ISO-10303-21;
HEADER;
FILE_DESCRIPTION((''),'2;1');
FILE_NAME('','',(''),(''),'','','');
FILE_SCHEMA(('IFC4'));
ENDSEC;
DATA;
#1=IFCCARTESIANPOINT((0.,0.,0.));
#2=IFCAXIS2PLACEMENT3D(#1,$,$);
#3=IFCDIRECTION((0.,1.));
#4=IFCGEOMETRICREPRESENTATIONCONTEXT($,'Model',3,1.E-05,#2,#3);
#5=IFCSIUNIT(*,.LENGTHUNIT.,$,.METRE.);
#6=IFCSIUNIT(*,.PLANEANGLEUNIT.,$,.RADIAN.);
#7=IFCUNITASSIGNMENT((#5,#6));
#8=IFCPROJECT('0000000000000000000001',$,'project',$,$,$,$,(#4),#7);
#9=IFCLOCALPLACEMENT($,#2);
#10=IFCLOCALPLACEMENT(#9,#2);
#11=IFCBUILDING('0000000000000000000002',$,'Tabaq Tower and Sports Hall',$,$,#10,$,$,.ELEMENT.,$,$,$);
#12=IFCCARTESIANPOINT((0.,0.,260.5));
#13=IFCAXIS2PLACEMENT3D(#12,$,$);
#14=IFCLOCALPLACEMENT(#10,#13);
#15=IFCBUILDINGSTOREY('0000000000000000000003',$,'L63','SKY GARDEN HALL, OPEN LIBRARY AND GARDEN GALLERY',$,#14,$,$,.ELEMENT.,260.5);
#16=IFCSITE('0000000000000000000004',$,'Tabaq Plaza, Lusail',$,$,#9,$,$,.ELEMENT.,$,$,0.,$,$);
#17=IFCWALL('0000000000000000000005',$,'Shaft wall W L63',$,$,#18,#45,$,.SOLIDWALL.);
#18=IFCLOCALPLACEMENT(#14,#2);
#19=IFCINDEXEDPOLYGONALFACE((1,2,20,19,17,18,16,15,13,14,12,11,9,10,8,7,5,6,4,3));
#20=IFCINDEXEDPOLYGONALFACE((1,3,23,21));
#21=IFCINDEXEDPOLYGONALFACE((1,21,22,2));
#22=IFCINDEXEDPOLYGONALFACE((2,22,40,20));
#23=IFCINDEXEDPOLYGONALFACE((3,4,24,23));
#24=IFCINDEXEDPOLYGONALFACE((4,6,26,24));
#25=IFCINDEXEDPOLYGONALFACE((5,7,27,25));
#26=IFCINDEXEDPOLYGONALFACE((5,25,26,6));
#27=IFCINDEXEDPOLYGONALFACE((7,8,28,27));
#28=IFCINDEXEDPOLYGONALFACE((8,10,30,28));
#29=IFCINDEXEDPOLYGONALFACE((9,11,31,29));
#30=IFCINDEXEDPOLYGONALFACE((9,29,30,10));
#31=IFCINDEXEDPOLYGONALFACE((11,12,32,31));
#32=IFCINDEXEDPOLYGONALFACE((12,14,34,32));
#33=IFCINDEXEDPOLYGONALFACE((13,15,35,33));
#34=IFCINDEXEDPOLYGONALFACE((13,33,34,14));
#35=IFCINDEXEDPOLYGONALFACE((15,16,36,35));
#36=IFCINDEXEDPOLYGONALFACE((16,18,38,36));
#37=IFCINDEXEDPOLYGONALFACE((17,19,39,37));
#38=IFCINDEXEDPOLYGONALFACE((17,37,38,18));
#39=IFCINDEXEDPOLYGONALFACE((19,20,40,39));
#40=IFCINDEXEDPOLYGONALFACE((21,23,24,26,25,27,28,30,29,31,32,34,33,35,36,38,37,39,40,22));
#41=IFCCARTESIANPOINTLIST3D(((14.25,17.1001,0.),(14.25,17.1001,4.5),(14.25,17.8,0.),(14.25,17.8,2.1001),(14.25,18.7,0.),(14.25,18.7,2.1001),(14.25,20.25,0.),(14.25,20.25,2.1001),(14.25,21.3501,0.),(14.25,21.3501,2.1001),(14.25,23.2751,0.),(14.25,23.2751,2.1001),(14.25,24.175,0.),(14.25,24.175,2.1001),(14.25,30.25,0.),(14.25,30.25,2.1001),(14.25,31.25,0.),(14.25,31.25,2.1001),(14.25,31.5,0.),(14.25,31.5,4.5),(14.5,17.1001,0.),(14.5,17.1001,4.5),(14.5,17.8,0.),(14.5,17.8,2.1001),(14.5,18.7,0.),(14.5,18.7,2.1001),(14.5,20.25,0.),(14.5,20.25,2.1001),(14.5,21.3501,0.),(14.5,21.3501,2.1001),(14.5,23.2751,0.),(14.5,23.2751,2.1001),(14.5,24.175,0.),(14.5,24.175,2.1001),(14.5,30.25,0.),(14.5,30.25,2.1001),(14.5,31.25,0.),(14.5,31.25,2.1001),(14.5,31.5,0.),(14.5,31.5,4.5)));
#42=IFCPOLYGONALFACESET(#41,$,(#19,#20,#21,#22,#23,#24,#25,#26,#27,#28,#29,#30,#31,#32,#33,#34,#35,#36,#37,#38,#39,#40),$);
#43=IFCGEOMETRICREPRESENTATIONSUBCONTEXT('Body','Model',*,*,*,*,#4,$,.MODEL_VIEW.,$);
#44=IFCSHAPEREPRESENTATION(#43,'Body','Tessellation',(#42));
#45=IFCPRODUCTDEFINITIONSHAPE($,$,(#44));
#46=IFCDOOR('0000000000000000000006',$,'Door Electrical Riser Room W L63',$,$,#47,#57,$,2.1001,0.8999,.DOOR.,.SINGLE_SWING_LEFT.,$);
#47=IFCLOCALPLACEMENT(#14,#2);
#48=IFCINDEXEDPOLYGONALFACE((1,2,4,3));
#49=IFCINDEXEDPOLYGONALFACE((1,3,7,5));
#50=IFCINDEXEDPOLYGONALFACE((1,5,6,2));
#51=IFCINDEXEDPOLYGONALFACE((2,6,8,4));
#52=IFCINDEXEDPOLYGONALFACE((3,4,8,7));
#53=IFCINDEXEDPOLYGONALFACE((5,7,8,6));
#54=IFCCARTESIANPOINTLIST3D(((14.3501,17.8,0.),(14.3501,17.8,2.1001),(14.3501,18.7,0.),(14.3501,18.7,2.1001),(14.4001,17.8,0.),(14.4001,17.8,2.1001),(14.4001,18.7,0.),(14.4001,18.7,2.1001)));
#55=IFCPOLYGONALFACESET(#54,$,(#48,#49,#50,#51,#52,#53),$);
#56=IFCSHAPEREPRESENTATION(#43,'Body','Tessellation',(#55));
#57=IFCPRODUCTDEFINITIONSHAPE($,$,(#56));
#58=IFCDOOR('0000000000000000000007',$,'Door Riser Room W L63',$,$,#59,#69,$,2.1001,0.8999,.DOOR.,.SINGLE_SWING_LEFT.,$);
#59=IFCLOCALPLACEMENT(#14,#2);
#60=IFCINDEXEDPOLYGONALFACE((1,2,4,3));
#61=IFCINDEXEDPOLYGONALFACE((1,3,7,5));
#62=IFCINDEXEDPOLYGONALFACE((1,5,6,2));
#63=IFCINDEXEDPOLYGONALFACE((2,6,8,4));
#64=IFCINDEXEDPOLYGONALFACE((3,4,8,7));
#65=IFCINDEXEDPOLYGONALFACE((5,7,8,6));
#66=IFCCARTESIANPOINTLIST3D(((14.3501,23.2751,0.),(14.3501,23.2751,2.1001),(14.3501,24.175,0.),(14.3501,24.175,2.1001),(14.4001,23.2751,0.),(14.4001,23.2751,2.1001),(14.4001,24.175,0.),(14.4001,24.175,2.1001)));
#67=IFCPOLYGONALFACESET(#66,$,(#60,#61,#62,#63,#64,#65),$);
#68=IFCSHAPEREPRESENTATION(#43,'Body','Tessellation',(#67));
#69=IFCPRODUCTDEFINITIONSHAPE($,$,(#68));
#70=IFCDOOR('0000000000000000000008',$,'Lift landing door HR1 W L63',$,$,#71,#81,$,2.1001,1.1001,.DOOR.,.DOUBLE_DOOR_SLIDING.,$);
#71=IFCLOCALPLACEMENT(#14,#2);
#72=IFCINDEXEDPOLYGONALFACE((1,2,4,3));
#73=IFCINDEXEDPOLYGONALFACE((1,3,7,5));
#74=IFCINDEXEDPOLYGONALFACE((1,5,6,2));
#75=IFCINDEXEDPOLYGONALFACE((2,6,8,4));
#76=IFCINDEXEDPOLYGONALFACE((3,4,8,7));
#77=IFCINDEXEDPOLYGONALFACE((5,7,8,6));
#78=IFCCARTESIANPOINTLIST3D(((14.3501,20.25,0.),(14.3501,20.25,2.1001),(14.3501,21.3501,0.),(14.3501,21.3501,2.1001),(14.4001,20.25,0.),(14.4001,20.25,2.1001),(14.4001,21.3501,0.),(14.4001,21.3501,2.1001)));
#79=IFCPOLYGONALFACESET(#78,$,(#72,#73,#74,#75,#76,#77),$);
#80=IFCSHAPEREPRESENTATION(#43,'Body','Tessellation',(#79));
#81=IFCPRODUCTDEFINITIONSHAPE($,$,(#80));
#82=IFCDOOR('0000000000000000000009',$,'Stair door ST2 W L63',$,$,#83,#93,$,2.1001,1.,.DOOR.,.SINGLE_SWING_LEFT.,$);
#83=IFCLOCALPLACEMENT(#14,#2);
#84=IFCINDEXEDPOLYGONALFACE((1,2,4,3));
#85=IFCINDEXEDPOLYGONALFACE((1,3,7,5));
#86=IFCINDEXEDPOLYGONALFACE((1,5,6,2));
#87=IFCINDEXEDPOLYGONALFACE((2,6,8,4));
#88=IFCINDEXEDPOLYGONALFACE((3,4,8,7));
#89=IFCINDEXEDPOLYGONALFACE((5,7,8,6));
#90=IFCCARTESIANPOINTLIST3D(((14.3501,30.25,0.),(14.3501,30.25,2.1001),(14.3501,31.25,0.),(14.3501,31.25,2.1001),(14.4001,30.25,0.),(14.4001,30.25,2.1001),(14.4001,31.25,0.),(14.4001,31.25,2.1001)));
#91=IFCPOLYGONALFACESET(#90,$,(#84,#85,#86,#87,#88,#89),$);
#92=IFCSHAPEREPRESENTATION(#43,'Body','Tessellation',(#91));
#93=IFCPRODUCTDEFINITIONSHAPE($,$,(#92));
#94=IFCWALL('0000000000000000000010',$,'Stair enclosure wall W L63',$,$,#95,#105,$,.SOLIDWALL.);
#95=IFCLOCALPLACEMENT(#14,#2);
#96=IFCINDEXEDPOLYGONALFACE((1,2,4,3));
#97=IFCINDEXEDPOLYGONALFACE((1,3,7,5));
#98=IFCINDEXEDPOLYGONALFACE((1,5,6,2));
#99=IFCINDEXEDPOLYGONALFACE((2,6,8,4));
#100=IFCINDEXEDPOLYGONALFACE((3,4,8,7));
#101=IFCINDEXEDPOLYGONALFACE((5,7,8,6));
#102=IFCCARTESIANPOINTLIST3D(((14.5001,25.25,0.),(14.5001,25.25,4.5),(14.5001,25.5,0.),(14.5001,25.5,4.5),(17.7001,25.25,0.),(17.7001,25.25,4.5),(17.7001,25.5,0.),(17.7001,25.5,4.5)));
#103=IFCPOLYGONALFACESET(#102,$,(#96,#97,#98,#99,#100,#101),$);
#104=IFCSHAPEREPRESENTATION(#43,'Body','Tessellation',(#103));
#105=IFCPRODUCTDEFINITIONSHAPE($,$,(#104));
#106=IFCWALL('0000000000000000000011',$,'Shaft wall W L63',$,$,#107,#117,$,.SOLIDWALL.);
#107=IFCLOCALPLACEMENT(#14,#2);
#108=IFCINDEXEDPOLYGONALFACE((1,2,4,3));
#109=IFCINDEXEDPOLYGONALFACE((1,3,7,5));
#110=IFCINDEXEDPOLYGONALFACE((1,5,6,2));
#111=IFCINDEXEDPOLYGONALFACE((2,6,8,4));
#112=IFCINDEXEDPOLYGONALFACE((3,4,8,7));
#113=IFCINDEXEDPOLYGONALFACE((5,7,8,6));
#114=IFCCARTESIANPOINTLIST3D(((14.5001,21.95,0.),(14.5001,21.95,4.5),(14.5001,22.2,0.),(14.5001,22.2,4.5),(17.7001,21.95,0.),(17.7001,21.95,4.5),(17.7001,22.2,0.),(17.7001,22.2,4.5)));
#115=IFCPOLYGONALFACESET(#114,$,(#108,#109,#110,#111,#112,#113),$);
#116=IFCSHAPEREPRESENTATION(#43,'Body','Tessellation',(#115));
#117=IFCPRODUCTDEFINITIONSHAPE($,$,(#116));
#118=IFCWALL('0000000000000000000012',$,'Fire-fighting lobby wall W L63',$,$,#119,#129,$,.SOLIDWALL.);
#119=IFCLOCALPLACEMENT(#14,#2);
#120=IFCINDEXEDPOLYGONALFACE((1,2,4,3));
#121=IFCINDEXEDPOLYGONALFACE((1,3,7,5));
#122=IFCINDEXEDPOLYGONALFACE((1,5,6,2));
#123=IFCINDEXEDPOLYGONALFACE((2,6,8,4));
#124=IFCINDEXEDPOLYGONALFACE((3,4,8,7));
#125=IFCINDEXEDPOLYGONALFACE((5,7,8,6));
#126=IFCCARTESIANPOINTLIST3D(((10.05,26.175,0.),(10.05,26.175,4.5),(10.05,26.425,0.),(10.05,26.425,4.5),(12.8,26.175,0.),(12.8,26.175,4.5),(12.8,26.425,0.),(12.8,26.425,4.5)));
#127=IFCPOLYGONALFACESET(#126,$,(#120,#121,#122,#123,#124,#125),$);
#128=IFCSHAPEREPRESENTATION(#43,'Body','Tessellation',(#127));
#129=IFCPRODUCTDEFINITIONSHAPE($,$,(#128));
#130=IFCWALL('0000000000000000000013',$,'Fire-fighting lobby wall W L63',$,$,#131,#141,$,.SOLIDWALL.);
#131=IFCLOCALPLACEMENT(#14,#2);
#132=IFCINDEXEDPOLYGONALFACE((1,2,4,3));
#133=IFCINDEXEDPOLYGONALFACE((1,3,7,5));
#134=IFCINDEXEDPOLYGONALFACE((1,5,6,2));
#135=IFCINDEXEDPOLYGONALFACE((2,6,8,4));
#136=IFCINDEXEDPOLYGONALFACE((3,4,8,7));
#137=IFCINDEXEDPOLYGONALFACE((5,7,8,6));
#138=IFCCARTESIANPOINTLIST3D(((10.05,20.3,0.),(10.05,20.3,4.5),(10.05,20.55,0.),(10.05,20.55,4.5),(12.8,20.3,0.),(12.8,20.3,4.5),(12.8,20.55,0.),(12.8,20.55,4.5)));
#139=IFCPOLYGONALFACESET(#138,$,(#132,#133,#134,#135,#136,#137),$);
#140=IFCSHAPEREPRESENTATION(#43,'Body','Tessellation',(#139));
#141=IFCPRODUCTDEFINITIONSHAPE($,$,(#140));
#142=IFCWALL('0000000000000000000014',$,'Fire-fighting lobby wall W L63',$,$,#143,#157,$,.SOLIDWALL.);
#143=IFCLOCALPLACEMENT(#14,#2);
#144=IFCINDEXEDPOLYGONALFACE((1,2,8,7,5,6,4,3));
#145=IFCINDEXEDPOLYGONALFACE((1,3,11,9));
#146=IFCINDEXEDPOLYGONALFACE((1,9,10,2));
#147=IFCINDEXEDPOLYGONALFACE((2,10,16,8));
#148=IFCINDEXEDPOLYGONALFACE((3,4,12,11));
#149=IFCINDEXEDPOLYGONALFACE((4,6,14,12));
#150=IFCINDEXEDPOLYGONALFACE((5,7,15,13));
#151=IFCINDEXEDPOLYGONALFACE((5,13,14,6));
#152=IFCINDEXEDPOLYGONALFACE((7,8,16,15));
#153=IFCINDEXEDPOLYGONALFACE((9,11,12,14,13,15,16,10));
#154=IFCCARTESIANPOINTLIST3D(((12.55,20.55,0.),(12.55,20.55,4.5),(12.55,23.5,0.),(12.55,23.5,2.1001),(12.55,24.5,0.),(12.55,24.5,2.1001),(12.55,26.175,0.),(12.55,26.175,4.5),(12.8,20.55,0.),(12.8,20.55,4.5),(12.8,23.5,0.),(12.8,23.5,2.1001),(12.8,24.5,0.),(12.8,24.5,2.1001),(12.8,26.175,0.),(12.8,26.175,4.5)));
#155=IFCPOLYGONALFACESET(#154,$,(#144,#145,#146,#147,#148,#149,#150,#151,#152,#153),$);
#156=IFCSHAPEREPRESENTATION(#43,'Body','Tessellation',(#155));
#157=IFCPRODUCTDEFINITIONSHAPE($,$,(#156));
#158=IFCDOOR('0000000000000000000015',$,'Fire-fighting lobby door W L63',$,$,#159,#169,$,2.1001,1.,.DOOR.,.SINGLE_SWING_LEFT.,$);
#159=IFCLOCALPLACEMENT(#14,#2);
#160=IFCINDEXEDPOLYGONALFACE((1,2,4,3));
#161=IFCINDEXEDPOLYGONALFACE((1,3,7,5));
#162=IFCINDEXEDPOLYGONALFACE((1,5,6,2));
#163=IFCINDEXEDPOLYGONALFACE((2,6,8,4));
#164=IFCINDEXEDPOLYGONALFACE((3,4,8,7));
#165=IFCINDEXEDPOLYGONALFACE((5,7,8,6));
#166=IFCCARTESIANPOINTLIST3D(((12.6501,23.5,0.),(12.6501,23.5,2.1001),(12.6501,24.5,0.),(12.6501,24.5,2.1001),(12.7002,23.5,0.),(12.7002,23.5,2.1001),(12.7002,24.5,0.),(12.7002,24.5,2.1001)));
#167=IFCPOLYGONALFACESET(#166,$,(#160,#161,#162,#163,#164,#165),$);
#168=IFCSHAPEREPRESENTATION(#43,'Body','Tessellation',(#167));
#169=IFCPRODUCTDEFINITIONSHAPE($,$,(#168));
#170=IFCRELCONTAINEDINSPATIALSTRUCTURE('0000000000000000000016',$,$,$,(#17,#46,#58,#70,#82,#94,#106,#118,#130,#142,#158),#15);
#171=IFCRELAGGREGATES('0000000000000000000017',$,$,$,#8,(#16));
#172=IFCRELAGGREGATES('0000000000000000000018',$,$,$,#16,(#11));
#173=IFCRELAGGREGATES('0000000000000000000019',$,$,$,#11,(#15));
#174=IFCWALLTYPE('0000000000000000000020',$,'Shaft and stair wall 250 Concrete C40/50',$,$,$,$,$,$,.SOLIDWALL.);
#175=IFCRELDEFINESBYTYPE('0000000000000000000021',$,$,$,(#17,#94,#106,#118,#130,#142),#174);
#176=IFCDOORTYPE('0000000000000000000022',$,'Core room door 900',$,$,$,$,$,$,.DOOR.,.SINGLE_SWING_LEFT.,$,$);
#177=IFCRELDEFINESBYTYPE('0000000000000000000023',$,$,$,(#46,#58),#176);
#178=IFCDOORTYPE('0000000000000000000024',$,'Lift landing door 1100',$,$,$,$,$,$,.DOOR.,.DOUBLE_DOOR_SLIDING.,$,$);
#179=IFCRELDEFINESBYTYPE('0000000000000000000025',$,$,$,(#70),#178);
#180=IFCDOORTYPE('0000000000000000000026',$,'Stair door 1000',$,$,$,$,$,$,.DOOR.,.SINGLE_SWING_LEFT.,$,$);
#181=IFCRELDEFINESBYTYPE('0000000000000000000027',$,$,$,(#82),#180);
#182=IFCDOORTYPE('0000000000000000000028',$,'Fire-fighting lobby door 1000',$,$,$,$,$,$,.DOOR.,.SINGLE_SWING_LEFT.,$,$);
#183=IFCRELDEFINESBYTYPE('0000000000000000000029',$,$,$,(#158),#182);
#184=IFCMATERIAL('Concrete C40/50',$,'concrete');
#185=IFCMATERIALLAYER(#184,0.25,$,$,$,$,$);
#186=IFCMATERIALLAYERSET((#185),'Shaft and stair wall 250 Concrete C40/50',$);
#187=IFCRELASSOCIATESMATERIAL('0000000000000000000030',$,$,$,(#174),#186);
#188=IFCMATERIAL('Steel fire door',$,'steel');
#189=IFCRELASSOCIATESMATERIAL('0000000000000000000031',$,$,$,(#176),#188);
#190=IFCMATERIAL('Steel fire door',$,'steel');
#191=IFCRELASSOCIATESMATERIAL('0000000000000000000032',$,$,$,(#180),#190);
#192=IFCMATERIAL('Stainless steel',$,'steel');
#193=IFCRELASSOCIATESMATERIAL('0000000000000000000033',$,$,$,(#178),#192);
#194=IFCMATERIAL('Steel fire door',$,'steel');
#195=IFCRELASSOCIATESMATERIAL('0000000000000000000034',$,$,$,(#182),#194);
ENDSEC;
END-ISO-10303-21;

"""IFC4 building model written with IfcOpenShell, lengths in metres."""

from ifc_helpers import new_model, si_unit, direction, frame, frame_2d, origin, place, context, subcontext, project, spatial, rectangle, extrude, material, layer, layer_set, type_object, element, fill, save


model = new_model("IFC4")

# Units and contexts
model_context = context("Model", 3, precision=1e-05, world=origin(), true_north=direction((0.0, 1.0)))
body_context = subcontext(model_context, "Body", "Model", "MODEL_VIEW")
ifc_project = project(units=[si_unit("LENGTHUNIT", "METRE"), si_unit("PLANEANGLEUNIT", "RADIAN")], contexts=[model_context])

# Site, building, storey
site_placement = place(None, origin())
site = spatial("IfcSite", under=ifc_project, at=site_placement, Name="Tabaq Plaza, Lusail", CompositionType="ELEMENT", RefElevation=0.0)
building_placement = place(site_placement, origin())
building = spatial("IfcBuilding", under=site, at=building_placement, Name="Tabaq Tower and Sports Hall", CompositionType="ELEMENT")
storey_placement = place(building_placement, frame((0.0, 0.0, 260.5)))
storey = spatial("IfcBuildingStorey", under=building, at=storey_placement, Name="L63", Description="SKY GARDEN HALL, OPEN LIBRARY AND GARDEN GALLERY", CompositionType="ELEMENT", Elevation=260.5)

# Wall, openings, doors
ifc_material_1 = material(Name="Concrete C40/50", Category="concrete")
ifc_layer_1 = layer(ifc_material_1, 0.25)
ifc_layer_set_1 = layer_set([ifc_layer_1], Name="Shaft and stair wall 250 Concrete C40/50")
wall_type_1 = type_object("IfcWallType", Name="Shaft and stair wall 250 Concrete C40/50", PredefinedType="SOLIDWALL", material=ifc_layer_set_1)
ifc_material_2 = material(Name="Steel fire door", Category="steel")
door_type_1 = type_object("IfcDoorType", Name="Core room door 900", OperationType="SINGLE_SWING_LEFT", PredefinedType="DOOR", material=ifc_material_2)
ifc_material_3 = material(Name="Steel fire door", Category="steel")
door_type_2 = type_object("IfcDoorType", Name="Stair door 1000", OperationType="SINGLE_SWING_LEFT", PredefinedType="DOOR", material=ifc_material_3)
wall_1_placement = place(storey_placement, frame((14.375, 17.1001, 0.0), z_axis=(0.0, 0.0, 1.0), x_axis=(0.0, 1.0, 0.0)))
wall_1 = element("IfcWall", 1, at=wall_1_placement, inside=storey, type_object=wall_type_1, Name="Shaft wall W L63", PredefinedType="SOLIDWALL", context=body_context, shape_type="SweptSolid", body=[
    extrude(rectangle(XDim=14.3999, YDim=0.25, at=frame_2d((7.2, 0.0))), origin(), (0.0, 0.0, 1.0), 4.5),
])
opening_1_placement = place(wall_1_placement, frame((13.1499, 0.0, 0.0)))
opening_1 = element("IfcOpeningElement", 2, at=opening_1_placement, cuts=wall_1, PredefinedType="OPENING", context=body_context, shape_type="SweptSolid", body=[
    extrude(rectangle(XDim=1.0, YDim=2.1001, at=frame_2d((0.5, 1.05))), frame((0.0, 0.125, 0.0), z_axis=(0.0, -1.0, 0.0), x_axis=(1.0, 0.0, 0.0)), (0.0, 0.0, 1.0), 0.25),
])
opening_2_placement = place(wall_1_placement, frame((3.1499, 0.0, 0.0)))
opening_2 = element("IfcOpeningElement", 3, at=opening_2_placement, cuts=wall_1, PredefinedType="OPENING", context=body_context, shape_type="SweptSolid", body=[
    extrude(rectangle(XDim=1.1001, YDim=2.1001, at=frame_2d((0.55, 1.05))), frame((0.0, 0.125, 0.0), z_axis=(0.0, -1.0, 0.0), x_axis=(1.0, 0.0, 0.0)), (0.0, 0.0, 1.0), 0.25),
])
opening_3_placement = place(wall_1_placement, frame((0.7, 0.0, 0.0)))
opening_3 = element("IfcOpeningElement", 4, at=opening_3_placement, cuts=wall_1, PredefinedType="OPENING", context=body_context, shape_type="SweptSolid", body=[
    extrude(rectangle(XDim=0.8999, YDim=2.1001, at=frame_2d((0.45, 1.05))), frame((0.0, 0.125, 0.0), z_axis=(0.0, -1.0, 0.0), x_axis=(1.0, 0.0, 0.0)), (0.0, 0.0, 1.0), 0.25),
])
opening_4_placement = place(wall_1_placement, frame((6.175, 0.0, 0.0)))
opening_4 = element("IfcOpeningElement", 5, at=opening_4_placement, cuts=wall_1, PredefinedType="OPENING", context=body_context, shape_type="SweptSolid", body=[
    extrude(rectangle(XDim=0.8999, YDim=2.1001, at=frame_2d((0.45, 1.05))), frame((0.0, 0.125, 0.0), z_axis=(0.0, -1.0, 0.0), x_axis=(1.0, 0.0, 0.0)), (0.0, 0.0, 1.0), 0.25),
])
door_1_placement = place(opening_3_placement, origin())
door_1 = element("IfcDoor", 6, at=door_1_placement, inside=storey, type_object=door_type_1, Name="Door Electrical Riser Room W L63", OperationType="SINGLE_SWING_LEFT", OverallHeight=2.1001, OverallWidth=0.8999, PredefinedType="DOOR", context=body_context, shape_type="SweptSolid", body=[
    extrude(rectangle(XDim=0.8999, YDim=2.1001, at=frame_2d((0.45, 1.05))), frame((0.0, 0.0249, 0.0), z_axis=(0.0, -1.0, 0.0), x_axis=(1.0, 0.0, 0.0)), (0.0, 0.0, 1.0), 0.05),
])
fill(opening_3, door_1)
door_2_placement = place(opening_4_placement, origin())
door_2 = element("IfcDoor", 7, at=door_2_placement, inside=storey, type_object=door_type_1, Name="Door Riser Room W L63", OperationType="SINGLE_SWING_LEFT", OverallHeight=2.1001, OverallWidth=0.8999, PredefinedType="DOOR", context=body_context, shape_type="SweptSolid", body=[
    extrude(rectangle(XDim=0.8999, YDim=2.1001, at=frame_2d((0.45, 1.05))), frame((0.0, 0.0249, 0.0), z_axis=(0.0, -1.0, 0.0), x_axis=(1.0, 0.0, 0.0)), (0.0, 0.0, 1.0), 0.05),
])
fill(opening_4, door_2)
ifc_material_4 = material(Name="Stainless steel", Category="steel")
door_type_3 = type_object("IfcDoorType", Name="Lift landing door 1100", OperationType="DOUBLE_DOOR_SLIDING", PredefinedType="DOOR", material=ifc_material_4)
door_3_placement = place(opening_2_placement, origin())
door_3 = element("IfcDoor", 8, at=door_3_placement, inside=storey, type_object=door_type_3, Name="Lift landing door HR1 W L63", OperationType="DOUBLE_DOOR_SLIDING", OverallHeight=2.1001, OverallWidth=1.1001, PredefinedType="DOOR", context=body_context, shape_type="SweptSolid", body=[
    extrude(rectangle(XDim=1.1001, YDim=2.1001, at=frame_2d((0.55, 1.05))), frame((0.0, 0.0249, 0.0), z_axis=(0.0, -1.0, 0.0), x_axis=(1.0, 0.0, 0.0)), (0.0, 0.0, 1.0), 0.05),
])
fill(opening_2, door_3)
door_4_placement = place(opening_1_placement, origin())
door_4 = element("IfcDoor", 9, at=door_4_placement, inside=storey, type_object=door_type_2, Name="Stair door ST2 W L63", OperationType="SINGLE_SWING_LEFT", OverallHeight=2.1001, OverallWidth=1.0, PredefinedType="DOOR", context=body_context, shape_type="SweptSolid", body=[
    extrude(rectangle(XDim=1.0, YDim=2.1001, at=frame_2d((0.5, 1.05))), frame((0.0, 0.0249, 0.0), z_axis=(0.0, -1.0, 0.0), x_axis=(1.0, 0.0, 0.0)), (0.0, 0.0, 1.0), 0.05),
])
fill(opening_1, door_4)

# Walls
for number, where, z_axis, x_axis, name in (
    (10, (14.5, 25.375, 0.0), (0.0, 0.0, 1.0), (1.0, 0.0, 0.0), "Stair enclosure wall W L63"),
    (11, (14.5, 22.075, 0.0), (0.0, 0.0, 1.0), (1.0, 0.0, 0.0), "Shaft wall W L63"),
):
    element("IfcWall", number, at=place(storey_placement, frame(where, z_axis=z_axis, x_axis=x_axis)), inside=storey, type_object=wall_type_1, Name=name, PredefinedType="SOLIDWALL", context=body_context, shape_type="SweptSolid", body=[
        extrude(rectangle(XDim=3.2, YDim=0.25, at=frame_2d((1.6001, 0.0))), origin(), (0.0, 0.0, 1.0), 4.5),
    ])
for number, where, z_axis, x_axis, name in (
    (12, (10.05, 26.3, 0.0), (0.0, 0.0, 1.0), (1.0, 0.0, 0.0), "Fire-fighting lobby wall W L63"),
    (13, (10.05, 20.425, 0.0), (0.0, 0.0, 1.0), (1.0, 0.0, 0.0), "Fire-fighting lobby wall W L63"),
):
    element("IfcWall", number, at=place(storey_placement, frame(where, z_axis=z_axis, x_axis=x_axis)), inside=storey, type_object=wall_type_1, Name=name, PredefinedType="SOLIDWALL", context=body_context, shape_type="SweptSolid", body=[
        extrude(rectangle(XDim=2.75, YDim=0.25, at=frame_2d((1.375, 0.0))), origin(), (0.0, 0.0, 1.0), 4.5),
    ])

# Wall, opening, door
wall_2_placement = place(storey_placement, frame((12.675, 20.55, 0.0), z_axis=(0.0, 0.0, 1.0), x_axis=(0.0, 1.0, 0.0)))
wall_2 = element("IfcWall", 14, at=wall_2_placement, inside=storey, type_object=wall_type_1, Name="Fire-fighting lobby wall W L63", PredefinedType="SOLIDWALL", context=body_context, shape_type="SweptSolid", body=[
    extrude(rectangle(XDim=5.625, YDim=0.25, at=frame_2d((2.8125, 0.0))), origin(), (0.0, 0.0, 1.0), 4.5),
])
opening_5_placement = place(wall_2_placement, frame((2.95, 0.0, 0.0)))
opening_5 = element("IfcOpeningElement", 15, at=opening_5_placement, cuts=wall_2, PredefinedType="OPENING", context=body_context, shape_type="SweptSolid", body=[
    extrude(rectangle(XDim=1.0, YDim=2.1001, at=frame_2d((0.5, 1.05))), frame((0.0, 0.125, 0.0), z_axis=(0.0, -1.0, 0.0), x_axis=(1.0, 0.0, 0.0)), (0.0, 0.0, 1.0), 0.25),
])
ifc_material_5 = material(Name="Steel fire door", Category="steel")
door_type_4 = type_object("IfcDoorType", Name="Fire-fighting lobby door 1000", OperationType="SINGLE_SWING_LEFT", PredefinedType="DOOR", material=ifc_material_5)
door_5_placement = place(opening_5_placement, origin())
door_5 = element("IfcDoor", 16, at=door_5_placement, inside=storey, type_object=door_type_4, Name="Fire-fighting lobby door W L63", OperationType="SINGLE_SWING_LEFT", OverallHeight=2.1001, OverallWidth=1.0, PredefinedType="DOOR", context=body_context, shape_type="SweptSolid", body=[
    extrude(rectangle(XDim=1.0, YDim=2.1001, at=frame_2d((0.5, 1.05))), frame((0.0, 0.0249, 0.0), z_axis=(0.0, -1.0, 0.0), x_axis=(1.0, 0.0, 0.0)), (0.0, 0.0, 1.0), 0.05),
])
fill(opening_5, door_5)

save(model, "model.ifc")
